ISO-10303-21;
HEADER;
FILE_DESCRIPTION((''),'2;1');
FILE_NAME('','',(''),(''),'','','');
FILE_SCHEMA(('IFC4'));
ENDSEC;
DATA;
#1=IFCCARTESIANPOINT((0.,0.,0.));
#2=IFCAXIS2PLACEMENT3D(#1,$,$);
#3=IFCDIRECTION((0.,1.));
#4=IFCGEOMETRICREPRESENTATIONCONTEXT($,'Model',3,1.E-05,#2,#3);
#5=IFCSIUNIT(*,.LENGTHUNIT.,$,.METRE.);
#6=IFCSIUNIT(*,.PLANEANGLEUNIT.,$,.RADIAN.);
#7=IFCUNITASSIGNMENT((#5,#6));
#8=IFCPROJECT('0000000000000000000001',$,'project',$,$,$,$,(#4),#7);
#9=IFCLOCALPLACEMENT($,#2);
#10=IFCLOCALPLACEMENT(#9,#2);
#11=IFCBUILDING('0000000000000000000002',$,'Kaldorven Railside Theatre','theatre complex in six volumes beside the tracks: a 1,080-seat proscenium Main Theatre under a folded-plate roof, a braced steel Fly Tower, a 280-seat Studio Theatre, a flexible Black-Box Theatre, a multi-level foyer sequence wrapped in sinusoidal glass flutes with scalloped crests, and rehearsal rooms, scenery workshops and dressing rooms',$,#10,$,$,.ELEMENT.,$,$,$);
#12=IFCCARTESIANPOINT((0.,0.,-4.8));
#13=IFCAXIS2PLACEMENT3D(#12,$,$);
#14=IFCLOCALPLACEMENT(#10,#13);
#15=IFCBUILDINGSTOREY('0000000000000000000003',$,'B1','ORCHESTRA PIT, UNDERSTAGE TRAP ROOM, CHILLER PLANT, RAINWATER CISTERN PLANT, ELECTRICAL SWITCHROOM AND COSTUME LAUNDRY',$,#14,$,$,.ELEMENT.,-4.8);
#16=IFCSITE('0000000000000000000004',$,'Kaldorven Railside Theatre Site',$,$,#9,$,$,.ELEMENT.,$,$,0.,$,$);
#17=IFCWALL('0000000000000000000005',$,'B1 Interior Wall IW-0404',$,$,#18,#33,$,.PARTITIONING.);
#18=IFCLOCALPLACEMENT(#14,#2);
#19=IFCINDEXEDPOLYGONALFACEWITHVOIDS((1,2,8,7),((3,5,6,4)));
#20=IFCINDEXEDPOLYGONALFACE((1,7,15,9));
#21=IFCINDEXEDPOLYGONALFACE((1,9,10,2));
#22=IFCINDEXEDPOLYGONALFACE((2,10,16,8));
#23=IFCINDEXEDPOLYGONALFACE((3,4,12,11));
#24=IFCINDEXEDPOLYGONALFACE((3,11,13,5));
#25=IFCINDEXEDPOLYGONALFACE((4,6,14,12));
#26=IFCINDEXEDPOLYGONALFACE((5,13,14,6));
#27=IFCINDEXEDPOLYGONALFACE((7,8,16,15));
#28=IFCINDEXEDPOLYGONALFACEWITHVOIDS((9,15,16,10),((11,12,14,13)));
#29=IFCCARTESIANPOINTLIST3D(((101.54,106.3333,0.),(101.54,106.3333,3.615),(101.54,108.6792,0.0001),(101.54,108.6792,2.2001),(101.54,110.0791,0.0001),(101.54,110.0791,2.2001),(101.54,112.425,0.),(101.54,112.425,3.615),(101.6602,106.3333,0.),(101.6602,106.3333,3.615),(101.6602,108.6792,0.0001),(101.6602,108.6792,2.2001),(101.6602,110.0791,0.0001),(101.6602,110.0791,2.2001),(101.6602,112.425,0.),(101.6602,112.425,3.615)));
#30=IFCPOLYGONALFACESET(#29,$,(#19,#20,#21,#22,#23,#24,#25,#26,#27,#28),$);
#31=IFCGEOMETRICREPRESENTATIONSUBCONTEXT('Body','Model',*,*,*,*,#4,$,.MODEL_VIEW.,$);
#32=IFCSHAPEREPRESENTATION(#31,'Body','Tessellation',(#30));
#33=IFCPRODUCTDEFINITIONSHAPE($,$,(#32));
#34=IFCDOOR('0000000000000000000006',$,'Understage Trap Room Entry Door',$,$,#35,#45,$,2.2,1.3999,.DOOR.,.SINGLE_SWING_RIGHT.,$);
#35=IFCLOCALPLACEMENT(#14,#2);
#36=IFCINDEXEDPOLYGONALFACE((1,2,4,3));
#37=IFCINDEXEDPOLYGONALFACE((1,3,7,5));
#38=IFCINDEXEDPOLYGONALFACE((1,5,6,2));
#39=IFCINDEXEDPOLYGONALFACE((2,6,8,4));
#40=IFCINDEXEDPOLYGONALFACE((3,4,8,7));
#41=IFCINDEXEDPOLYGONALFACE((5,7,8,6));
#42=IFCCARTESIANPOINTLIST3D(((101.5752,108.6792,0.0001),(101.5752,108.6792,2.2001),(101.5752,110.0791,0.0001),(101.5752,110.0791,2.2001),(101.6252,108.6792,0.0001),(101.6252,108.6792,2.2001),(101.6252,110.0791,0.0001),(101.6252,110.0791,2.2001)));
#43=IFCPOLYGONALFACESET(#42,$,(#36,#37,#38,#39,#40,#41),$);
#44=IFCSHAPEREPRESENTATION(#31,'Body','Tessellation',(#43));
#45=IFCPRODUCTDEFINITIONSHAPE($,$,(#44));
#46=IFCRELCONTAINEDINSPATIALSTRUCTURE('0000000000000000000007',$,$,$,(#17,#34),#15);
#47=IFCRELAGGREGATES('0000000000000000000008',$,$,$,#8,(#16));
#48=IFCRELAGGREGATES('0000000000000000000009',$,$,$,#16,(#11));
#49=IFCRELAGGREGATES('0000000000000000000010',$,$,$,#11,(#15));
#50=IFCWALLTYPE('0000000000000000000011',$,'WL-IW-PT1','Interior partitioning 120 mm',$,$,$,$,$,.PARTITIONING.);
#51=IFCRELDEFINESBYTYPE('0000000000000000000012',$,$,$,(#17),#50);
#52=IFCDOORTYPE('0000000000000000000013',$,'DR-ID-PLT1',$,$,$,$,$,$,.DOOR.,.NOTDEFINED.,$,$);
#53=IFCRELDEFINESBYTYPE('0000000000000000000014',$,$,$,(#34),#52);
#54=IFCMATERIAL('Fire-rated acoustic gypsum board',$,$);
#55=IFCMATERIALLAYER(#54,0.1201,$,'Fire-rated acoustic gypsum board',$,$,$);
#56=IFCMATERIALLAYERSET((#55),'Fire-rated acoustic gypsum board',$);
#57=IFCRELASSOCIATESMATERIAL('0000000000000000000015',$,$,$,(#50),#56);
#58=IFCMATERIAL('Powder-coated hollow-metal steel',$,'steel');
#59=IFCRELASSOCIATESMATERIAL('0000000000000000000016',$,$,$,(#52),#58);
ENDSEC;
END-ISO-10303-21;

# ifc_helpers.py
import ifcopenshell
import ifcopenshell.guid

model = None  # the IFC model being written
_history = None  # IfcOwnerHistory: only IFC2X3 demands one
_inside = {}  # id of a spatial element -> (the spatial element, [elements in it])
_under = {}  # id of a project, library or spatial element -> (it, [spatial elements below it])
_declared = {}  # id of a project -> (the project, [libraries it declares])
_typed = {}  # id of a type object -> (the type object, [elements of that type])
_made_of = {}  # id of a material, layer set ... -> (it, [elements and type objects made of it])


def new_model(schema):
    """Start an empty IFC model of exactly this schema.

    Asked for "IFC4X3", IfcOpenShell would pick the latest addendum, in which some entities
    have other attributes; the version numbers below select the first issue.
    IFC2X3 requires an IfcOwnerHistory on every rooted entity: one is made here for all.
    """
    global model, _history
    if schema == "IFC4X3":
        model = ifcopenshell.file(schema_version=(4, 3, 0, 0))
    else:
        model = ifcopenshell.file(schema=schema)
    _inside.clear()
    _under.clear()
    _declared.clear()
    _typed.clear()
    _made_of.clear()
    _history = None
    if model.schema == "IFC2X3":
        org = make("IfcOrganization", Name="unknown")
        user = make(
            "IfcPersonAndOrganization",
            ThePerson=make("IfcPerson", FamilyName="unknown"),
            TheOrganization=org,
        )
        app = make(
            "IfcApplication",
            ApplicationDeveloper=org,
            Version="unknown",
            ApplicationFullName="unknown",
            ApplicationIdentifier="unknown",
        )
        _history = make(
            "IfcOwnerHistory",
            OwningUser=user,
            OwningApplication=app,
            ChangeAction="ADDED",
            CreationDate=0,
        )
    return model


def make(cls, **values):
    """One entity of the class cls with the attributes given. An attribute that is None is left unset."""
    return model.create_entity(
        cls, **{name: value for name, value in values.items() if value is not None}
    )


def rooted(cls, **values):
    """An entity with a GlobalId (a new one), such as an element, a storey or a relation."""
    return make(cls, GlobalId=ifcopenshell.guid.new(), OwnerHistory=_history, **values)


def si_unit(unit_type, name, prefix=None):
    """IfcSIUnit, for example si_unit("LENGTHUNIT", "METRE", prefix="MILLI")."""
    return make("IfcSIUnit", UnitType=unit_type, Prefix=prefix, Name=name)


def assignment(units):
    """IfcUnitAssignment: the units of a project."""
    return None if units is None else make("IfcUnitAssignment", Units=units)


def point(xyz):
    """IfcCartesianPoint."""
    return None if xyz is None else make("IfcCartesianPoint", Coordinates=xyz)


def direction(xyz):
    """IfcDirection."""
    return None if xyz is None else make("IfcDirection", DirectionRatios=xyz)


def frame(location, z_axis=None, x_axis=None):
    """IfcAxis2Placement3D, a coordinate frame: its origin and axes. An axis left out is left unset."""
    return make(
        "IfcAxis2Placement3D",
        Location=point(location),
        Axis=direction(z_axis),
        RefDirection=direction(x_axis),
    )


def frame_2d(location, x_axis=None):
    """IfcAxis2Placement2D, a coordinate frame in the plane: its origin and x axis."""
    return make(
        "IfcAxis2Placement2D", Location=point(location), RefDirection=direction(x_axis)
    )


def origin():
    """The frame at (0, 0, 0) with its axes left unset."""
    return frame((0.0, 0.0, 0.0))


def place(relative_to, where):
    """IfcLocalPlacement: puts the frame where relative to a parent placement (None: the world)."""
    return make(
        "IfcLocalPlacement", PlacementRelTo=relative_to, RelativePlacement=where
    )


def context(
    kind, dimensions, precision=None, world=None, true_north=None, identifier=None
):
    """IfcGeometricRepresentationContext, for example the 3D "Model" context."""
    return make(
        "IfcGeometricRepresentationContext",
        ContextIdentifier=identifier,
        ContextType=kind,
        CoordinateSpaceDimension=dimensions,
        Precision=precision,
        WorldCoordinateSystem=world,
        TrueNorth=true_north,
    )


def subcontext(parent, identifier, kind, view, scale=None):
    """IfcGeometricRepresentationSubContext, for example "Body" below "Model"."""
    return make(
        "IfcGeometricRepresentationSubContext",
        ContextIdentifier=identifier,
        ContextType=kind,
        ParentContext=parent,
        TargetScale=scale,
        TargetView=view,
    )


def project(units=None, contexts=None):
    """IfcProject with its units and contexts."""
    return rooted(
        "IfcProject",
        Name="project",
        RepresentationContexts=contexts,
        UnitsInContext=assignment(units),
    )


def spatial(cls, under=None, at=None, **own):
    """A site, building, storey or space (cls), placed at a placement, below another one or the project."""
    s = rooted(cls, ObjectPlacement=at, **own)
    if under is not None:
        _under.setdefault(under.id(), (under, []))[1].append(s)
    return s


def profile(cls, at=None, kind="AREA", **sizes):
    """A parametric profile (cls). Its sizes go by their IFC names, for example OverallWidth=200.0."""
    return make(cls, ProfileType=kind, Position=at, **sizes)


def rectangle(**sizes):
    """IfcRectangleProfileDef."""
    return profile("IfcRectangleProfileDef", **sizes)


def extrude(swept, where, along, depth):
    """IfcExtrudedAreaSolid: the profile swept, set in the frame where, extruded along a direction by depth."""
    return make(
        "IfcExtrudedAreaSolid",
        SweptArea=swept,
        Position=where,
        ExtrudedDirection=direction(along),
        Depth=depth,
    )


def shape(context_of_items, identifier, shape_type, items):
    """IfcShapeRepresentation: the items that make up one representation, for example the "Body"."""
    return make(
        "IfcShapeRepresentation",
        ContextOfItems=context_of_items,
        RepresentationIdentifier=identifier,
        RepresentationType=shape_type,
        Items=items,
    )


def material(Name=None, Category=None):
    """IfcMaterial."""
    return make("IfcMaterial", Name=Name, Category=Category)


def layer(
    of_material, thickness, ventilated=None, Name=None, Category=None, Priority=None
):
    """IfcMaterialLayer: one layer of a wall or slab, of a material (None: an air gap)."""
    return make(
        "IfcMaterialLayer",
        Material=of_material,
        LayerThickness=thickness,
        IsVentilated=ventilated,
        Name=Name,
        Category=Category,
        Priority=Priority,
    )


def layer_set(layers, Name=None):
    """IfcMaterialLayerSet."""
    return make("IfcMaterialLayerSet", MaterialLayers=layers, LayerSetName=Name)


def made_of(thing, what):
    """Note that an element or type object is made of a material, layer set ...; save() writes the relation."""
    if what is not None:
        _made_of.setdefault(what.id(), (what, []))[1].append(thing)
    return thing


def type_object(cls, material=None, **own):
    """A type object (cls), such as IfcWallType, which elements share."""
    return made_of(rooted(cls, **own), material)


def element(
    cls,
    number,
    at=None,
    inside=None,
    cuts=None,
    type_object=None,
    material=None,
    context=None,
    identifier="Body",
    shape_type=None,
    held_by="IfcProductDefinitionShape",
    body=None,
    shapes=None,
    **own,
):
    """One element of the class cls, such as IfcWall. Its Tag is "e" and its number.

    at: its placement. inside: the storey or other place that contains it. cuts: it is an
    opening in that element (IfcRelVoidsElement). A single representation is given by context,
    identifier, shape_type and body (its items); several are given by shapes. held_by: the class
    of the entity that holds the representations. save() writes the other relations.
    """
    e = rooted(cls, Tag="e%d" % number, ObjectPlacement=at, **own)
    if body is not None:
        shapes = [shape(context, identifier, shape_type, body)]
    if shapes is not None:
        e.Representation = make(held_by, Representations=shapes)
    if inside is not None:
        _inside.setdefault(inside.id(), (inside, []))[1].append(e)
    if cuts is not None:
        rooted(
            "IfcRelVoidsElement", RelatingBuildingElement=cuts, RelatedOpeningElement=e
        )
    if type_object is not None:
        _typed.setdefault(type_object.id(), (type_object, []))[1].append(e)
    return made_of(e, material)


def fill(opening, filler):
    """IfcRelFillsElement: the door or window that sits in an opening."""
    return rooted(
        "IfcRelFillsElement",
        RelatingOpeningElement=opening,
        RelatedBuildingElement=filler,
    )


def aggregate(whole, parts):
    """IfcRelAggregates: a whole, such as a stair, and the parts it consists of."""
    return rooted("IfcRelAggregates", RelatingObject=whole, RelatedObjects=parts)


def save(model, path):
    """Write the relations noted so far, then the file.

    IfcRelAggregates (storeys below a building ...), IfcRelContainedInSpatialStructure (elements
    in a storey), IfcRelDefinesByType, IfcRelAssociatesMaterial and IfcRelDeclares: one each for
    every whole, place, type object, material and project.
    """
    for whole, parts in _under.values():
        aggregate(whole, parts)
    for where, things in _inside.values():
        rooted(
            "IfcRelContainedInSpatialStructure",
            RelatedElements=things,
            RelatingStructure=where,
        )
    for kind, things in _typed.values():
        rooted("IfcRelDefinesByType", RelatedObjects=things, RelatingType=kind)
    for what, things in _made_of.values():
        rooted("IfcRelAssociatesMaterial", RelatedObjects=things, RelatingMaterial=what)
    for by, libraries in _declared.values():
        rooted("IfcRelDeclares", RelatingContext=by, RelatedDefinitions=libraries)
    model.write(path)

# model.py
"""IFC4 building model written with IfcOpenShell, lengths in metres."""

from ifc_helpers import new_model, si_unit, direction, frame, frame_2d, origin, place, context, subcontext, project, spatial, rectangle, extrude, material, layer, layer_set, type_object, element, fill, save


model = new_model("IFC4")

# Units and contexts
model_context = context("Model", 3, precision=1e-05, world=origin(), true_north=direction((0.0, 1.0)))
body_context = subcontext(model_context, "Body", "Model", "MODEL_VIEW")
ifc_project = project(units=[si_unit("LENGTHUNIT", "METRE"), si_unit("PLANEANGLEUNIT", "RADIAN")], contexts=[model_context])

# Site, building, storey
site_placement = place(None, origin())
site = spatial("IfcSite", under=ifc_project, at=site_placement, Name="Kaldorven Railside Theatre Site", CompositionType="ELEMENT", RefElevation=0.0)
building_placement = place(site_placement, origin())
building = spatial("IfcBuilding", under=site, at=building_placement, Name="Kaldorven Railside Theatre", Description="theatre complex in six volumes beside the tracks: a 1,080-seat proscenium Main Theatre under a folded-plate roof, a braced steel Fly Tower, a 280-seat Studio Theatre, a flexible Black-Box Theatre, a multi-level foyer sequence wrapped in sinusoidal glass flutes with scalloped crests, and rehearsal rooms, scenery workshops and dressing rooms", CompositionType="ELEMENT")
storey_placement = place(building_placement, frame((0.0, 0.0, -4.8)))
storey = spatial("IfcBuildingStorey", under=building, at=storey_placement, Name="B1", Description="ORCHESTRA PIT, UNDERSTAGE TRAP ROOM, CHILLER PLANT, RAINWATER CISTERN PLANT, ELECTRICAL SWITCHROOM AND COSTUME LAUNDRY", CompositionType="ELEMENT", Elevation=-4.8)

# Wall, opening, door
ifc_material_1 = material(Name="Fire-rated acoustic gypsum board")
ifc_layer_1 = layer(ifc_material_1, 0.1201, Name="Fire-rated acoustic gypsum board")
ifc_layer_set_1 = layer_set([ifc_layer_1], Name="Fire-rated acoustic gypsum board")
wall_type_1 = type_object("IfcWallType", Name="WL-IW-PT1", Description="Interior partitioning 120 mm", PredefinedType="PARTITIONING", material=ifc_layer_set_1)
wall_1_placement = place(storey_placement, frame((101.6001, 106.3333, 0.0), z_axis=(0.0, 0.0, 1.0), x_axis=(0.0, 1.0, 0.0)))
wall_1 = element("IfcWall", 1, at=wall_1_placement, inside=storey, type_object=wall_type_1, Name="B1 Interior Wall IW-0404", PredefinedType="PARTITIONING", context=body_context, shape_type="SweptSolid", body=[
    extrude(rectangle(XDim=6.0918, YDim=0.1201, at=frame_2d((3.0459, 0.0))), origin(), (0.0, 0.0, 1.0), 3.615),
])
opening_placement = place(wall_1_placement, frame((2.3459, 0.0, 0.0)))
opening = element("IfcOpeningElement", 2, at=opening_placement, cuts=wall_1, PredefinedType="OPENING", context=body_context, shape_type="SweptSolid", body=[
    extrude(rectangle(XDim=1.3999, YDim=2.2, at=frame_2d((0.7, 1.1001))), frame((0.0, 0.0701, 0.0), z_axis=(0.0, -1.0, 0.0), x_axis=(1.0, 0.0, 0.0)), (0.0, 0.0, 1.0), 0.1401),
])
ifc_material_2 = material(Name="Powder-coated hollow-metal steel", Category="steel")
door_type = type_object("IfcDoorType", Name="DR-ID-PLT1", OperationType="NOTDEFINED", PredefinedType="DOOR", material=ifc_material_2)
door_placement = place(opening_placement, origin())
door = element("IfcDoor", 3, at=door_placement, inside=storey, type_object=door_type, Name="Understage Trap Room Entry Door", OperationType="SINGLE_SWING_RIGHT", OverallHeight=2.2, OverallWidth=1.3999, PredefinedType="DOOR", context=body_context, shape_type="SweptSolid", body=[
    extrude(rectangle(XDim=1.3999, YDim=2.2, at=frame_2d((0.7, 1.1001))), frame((0.0, 0.0249, 0.0), z_axis=(0.0, -1.0, 0.0), x_axis=(1.0, 0.0, 0.0)), (0.0, 0.0, 1.0), 0.05),
])
fill(opening, door)

save(model, "model.ifc")
